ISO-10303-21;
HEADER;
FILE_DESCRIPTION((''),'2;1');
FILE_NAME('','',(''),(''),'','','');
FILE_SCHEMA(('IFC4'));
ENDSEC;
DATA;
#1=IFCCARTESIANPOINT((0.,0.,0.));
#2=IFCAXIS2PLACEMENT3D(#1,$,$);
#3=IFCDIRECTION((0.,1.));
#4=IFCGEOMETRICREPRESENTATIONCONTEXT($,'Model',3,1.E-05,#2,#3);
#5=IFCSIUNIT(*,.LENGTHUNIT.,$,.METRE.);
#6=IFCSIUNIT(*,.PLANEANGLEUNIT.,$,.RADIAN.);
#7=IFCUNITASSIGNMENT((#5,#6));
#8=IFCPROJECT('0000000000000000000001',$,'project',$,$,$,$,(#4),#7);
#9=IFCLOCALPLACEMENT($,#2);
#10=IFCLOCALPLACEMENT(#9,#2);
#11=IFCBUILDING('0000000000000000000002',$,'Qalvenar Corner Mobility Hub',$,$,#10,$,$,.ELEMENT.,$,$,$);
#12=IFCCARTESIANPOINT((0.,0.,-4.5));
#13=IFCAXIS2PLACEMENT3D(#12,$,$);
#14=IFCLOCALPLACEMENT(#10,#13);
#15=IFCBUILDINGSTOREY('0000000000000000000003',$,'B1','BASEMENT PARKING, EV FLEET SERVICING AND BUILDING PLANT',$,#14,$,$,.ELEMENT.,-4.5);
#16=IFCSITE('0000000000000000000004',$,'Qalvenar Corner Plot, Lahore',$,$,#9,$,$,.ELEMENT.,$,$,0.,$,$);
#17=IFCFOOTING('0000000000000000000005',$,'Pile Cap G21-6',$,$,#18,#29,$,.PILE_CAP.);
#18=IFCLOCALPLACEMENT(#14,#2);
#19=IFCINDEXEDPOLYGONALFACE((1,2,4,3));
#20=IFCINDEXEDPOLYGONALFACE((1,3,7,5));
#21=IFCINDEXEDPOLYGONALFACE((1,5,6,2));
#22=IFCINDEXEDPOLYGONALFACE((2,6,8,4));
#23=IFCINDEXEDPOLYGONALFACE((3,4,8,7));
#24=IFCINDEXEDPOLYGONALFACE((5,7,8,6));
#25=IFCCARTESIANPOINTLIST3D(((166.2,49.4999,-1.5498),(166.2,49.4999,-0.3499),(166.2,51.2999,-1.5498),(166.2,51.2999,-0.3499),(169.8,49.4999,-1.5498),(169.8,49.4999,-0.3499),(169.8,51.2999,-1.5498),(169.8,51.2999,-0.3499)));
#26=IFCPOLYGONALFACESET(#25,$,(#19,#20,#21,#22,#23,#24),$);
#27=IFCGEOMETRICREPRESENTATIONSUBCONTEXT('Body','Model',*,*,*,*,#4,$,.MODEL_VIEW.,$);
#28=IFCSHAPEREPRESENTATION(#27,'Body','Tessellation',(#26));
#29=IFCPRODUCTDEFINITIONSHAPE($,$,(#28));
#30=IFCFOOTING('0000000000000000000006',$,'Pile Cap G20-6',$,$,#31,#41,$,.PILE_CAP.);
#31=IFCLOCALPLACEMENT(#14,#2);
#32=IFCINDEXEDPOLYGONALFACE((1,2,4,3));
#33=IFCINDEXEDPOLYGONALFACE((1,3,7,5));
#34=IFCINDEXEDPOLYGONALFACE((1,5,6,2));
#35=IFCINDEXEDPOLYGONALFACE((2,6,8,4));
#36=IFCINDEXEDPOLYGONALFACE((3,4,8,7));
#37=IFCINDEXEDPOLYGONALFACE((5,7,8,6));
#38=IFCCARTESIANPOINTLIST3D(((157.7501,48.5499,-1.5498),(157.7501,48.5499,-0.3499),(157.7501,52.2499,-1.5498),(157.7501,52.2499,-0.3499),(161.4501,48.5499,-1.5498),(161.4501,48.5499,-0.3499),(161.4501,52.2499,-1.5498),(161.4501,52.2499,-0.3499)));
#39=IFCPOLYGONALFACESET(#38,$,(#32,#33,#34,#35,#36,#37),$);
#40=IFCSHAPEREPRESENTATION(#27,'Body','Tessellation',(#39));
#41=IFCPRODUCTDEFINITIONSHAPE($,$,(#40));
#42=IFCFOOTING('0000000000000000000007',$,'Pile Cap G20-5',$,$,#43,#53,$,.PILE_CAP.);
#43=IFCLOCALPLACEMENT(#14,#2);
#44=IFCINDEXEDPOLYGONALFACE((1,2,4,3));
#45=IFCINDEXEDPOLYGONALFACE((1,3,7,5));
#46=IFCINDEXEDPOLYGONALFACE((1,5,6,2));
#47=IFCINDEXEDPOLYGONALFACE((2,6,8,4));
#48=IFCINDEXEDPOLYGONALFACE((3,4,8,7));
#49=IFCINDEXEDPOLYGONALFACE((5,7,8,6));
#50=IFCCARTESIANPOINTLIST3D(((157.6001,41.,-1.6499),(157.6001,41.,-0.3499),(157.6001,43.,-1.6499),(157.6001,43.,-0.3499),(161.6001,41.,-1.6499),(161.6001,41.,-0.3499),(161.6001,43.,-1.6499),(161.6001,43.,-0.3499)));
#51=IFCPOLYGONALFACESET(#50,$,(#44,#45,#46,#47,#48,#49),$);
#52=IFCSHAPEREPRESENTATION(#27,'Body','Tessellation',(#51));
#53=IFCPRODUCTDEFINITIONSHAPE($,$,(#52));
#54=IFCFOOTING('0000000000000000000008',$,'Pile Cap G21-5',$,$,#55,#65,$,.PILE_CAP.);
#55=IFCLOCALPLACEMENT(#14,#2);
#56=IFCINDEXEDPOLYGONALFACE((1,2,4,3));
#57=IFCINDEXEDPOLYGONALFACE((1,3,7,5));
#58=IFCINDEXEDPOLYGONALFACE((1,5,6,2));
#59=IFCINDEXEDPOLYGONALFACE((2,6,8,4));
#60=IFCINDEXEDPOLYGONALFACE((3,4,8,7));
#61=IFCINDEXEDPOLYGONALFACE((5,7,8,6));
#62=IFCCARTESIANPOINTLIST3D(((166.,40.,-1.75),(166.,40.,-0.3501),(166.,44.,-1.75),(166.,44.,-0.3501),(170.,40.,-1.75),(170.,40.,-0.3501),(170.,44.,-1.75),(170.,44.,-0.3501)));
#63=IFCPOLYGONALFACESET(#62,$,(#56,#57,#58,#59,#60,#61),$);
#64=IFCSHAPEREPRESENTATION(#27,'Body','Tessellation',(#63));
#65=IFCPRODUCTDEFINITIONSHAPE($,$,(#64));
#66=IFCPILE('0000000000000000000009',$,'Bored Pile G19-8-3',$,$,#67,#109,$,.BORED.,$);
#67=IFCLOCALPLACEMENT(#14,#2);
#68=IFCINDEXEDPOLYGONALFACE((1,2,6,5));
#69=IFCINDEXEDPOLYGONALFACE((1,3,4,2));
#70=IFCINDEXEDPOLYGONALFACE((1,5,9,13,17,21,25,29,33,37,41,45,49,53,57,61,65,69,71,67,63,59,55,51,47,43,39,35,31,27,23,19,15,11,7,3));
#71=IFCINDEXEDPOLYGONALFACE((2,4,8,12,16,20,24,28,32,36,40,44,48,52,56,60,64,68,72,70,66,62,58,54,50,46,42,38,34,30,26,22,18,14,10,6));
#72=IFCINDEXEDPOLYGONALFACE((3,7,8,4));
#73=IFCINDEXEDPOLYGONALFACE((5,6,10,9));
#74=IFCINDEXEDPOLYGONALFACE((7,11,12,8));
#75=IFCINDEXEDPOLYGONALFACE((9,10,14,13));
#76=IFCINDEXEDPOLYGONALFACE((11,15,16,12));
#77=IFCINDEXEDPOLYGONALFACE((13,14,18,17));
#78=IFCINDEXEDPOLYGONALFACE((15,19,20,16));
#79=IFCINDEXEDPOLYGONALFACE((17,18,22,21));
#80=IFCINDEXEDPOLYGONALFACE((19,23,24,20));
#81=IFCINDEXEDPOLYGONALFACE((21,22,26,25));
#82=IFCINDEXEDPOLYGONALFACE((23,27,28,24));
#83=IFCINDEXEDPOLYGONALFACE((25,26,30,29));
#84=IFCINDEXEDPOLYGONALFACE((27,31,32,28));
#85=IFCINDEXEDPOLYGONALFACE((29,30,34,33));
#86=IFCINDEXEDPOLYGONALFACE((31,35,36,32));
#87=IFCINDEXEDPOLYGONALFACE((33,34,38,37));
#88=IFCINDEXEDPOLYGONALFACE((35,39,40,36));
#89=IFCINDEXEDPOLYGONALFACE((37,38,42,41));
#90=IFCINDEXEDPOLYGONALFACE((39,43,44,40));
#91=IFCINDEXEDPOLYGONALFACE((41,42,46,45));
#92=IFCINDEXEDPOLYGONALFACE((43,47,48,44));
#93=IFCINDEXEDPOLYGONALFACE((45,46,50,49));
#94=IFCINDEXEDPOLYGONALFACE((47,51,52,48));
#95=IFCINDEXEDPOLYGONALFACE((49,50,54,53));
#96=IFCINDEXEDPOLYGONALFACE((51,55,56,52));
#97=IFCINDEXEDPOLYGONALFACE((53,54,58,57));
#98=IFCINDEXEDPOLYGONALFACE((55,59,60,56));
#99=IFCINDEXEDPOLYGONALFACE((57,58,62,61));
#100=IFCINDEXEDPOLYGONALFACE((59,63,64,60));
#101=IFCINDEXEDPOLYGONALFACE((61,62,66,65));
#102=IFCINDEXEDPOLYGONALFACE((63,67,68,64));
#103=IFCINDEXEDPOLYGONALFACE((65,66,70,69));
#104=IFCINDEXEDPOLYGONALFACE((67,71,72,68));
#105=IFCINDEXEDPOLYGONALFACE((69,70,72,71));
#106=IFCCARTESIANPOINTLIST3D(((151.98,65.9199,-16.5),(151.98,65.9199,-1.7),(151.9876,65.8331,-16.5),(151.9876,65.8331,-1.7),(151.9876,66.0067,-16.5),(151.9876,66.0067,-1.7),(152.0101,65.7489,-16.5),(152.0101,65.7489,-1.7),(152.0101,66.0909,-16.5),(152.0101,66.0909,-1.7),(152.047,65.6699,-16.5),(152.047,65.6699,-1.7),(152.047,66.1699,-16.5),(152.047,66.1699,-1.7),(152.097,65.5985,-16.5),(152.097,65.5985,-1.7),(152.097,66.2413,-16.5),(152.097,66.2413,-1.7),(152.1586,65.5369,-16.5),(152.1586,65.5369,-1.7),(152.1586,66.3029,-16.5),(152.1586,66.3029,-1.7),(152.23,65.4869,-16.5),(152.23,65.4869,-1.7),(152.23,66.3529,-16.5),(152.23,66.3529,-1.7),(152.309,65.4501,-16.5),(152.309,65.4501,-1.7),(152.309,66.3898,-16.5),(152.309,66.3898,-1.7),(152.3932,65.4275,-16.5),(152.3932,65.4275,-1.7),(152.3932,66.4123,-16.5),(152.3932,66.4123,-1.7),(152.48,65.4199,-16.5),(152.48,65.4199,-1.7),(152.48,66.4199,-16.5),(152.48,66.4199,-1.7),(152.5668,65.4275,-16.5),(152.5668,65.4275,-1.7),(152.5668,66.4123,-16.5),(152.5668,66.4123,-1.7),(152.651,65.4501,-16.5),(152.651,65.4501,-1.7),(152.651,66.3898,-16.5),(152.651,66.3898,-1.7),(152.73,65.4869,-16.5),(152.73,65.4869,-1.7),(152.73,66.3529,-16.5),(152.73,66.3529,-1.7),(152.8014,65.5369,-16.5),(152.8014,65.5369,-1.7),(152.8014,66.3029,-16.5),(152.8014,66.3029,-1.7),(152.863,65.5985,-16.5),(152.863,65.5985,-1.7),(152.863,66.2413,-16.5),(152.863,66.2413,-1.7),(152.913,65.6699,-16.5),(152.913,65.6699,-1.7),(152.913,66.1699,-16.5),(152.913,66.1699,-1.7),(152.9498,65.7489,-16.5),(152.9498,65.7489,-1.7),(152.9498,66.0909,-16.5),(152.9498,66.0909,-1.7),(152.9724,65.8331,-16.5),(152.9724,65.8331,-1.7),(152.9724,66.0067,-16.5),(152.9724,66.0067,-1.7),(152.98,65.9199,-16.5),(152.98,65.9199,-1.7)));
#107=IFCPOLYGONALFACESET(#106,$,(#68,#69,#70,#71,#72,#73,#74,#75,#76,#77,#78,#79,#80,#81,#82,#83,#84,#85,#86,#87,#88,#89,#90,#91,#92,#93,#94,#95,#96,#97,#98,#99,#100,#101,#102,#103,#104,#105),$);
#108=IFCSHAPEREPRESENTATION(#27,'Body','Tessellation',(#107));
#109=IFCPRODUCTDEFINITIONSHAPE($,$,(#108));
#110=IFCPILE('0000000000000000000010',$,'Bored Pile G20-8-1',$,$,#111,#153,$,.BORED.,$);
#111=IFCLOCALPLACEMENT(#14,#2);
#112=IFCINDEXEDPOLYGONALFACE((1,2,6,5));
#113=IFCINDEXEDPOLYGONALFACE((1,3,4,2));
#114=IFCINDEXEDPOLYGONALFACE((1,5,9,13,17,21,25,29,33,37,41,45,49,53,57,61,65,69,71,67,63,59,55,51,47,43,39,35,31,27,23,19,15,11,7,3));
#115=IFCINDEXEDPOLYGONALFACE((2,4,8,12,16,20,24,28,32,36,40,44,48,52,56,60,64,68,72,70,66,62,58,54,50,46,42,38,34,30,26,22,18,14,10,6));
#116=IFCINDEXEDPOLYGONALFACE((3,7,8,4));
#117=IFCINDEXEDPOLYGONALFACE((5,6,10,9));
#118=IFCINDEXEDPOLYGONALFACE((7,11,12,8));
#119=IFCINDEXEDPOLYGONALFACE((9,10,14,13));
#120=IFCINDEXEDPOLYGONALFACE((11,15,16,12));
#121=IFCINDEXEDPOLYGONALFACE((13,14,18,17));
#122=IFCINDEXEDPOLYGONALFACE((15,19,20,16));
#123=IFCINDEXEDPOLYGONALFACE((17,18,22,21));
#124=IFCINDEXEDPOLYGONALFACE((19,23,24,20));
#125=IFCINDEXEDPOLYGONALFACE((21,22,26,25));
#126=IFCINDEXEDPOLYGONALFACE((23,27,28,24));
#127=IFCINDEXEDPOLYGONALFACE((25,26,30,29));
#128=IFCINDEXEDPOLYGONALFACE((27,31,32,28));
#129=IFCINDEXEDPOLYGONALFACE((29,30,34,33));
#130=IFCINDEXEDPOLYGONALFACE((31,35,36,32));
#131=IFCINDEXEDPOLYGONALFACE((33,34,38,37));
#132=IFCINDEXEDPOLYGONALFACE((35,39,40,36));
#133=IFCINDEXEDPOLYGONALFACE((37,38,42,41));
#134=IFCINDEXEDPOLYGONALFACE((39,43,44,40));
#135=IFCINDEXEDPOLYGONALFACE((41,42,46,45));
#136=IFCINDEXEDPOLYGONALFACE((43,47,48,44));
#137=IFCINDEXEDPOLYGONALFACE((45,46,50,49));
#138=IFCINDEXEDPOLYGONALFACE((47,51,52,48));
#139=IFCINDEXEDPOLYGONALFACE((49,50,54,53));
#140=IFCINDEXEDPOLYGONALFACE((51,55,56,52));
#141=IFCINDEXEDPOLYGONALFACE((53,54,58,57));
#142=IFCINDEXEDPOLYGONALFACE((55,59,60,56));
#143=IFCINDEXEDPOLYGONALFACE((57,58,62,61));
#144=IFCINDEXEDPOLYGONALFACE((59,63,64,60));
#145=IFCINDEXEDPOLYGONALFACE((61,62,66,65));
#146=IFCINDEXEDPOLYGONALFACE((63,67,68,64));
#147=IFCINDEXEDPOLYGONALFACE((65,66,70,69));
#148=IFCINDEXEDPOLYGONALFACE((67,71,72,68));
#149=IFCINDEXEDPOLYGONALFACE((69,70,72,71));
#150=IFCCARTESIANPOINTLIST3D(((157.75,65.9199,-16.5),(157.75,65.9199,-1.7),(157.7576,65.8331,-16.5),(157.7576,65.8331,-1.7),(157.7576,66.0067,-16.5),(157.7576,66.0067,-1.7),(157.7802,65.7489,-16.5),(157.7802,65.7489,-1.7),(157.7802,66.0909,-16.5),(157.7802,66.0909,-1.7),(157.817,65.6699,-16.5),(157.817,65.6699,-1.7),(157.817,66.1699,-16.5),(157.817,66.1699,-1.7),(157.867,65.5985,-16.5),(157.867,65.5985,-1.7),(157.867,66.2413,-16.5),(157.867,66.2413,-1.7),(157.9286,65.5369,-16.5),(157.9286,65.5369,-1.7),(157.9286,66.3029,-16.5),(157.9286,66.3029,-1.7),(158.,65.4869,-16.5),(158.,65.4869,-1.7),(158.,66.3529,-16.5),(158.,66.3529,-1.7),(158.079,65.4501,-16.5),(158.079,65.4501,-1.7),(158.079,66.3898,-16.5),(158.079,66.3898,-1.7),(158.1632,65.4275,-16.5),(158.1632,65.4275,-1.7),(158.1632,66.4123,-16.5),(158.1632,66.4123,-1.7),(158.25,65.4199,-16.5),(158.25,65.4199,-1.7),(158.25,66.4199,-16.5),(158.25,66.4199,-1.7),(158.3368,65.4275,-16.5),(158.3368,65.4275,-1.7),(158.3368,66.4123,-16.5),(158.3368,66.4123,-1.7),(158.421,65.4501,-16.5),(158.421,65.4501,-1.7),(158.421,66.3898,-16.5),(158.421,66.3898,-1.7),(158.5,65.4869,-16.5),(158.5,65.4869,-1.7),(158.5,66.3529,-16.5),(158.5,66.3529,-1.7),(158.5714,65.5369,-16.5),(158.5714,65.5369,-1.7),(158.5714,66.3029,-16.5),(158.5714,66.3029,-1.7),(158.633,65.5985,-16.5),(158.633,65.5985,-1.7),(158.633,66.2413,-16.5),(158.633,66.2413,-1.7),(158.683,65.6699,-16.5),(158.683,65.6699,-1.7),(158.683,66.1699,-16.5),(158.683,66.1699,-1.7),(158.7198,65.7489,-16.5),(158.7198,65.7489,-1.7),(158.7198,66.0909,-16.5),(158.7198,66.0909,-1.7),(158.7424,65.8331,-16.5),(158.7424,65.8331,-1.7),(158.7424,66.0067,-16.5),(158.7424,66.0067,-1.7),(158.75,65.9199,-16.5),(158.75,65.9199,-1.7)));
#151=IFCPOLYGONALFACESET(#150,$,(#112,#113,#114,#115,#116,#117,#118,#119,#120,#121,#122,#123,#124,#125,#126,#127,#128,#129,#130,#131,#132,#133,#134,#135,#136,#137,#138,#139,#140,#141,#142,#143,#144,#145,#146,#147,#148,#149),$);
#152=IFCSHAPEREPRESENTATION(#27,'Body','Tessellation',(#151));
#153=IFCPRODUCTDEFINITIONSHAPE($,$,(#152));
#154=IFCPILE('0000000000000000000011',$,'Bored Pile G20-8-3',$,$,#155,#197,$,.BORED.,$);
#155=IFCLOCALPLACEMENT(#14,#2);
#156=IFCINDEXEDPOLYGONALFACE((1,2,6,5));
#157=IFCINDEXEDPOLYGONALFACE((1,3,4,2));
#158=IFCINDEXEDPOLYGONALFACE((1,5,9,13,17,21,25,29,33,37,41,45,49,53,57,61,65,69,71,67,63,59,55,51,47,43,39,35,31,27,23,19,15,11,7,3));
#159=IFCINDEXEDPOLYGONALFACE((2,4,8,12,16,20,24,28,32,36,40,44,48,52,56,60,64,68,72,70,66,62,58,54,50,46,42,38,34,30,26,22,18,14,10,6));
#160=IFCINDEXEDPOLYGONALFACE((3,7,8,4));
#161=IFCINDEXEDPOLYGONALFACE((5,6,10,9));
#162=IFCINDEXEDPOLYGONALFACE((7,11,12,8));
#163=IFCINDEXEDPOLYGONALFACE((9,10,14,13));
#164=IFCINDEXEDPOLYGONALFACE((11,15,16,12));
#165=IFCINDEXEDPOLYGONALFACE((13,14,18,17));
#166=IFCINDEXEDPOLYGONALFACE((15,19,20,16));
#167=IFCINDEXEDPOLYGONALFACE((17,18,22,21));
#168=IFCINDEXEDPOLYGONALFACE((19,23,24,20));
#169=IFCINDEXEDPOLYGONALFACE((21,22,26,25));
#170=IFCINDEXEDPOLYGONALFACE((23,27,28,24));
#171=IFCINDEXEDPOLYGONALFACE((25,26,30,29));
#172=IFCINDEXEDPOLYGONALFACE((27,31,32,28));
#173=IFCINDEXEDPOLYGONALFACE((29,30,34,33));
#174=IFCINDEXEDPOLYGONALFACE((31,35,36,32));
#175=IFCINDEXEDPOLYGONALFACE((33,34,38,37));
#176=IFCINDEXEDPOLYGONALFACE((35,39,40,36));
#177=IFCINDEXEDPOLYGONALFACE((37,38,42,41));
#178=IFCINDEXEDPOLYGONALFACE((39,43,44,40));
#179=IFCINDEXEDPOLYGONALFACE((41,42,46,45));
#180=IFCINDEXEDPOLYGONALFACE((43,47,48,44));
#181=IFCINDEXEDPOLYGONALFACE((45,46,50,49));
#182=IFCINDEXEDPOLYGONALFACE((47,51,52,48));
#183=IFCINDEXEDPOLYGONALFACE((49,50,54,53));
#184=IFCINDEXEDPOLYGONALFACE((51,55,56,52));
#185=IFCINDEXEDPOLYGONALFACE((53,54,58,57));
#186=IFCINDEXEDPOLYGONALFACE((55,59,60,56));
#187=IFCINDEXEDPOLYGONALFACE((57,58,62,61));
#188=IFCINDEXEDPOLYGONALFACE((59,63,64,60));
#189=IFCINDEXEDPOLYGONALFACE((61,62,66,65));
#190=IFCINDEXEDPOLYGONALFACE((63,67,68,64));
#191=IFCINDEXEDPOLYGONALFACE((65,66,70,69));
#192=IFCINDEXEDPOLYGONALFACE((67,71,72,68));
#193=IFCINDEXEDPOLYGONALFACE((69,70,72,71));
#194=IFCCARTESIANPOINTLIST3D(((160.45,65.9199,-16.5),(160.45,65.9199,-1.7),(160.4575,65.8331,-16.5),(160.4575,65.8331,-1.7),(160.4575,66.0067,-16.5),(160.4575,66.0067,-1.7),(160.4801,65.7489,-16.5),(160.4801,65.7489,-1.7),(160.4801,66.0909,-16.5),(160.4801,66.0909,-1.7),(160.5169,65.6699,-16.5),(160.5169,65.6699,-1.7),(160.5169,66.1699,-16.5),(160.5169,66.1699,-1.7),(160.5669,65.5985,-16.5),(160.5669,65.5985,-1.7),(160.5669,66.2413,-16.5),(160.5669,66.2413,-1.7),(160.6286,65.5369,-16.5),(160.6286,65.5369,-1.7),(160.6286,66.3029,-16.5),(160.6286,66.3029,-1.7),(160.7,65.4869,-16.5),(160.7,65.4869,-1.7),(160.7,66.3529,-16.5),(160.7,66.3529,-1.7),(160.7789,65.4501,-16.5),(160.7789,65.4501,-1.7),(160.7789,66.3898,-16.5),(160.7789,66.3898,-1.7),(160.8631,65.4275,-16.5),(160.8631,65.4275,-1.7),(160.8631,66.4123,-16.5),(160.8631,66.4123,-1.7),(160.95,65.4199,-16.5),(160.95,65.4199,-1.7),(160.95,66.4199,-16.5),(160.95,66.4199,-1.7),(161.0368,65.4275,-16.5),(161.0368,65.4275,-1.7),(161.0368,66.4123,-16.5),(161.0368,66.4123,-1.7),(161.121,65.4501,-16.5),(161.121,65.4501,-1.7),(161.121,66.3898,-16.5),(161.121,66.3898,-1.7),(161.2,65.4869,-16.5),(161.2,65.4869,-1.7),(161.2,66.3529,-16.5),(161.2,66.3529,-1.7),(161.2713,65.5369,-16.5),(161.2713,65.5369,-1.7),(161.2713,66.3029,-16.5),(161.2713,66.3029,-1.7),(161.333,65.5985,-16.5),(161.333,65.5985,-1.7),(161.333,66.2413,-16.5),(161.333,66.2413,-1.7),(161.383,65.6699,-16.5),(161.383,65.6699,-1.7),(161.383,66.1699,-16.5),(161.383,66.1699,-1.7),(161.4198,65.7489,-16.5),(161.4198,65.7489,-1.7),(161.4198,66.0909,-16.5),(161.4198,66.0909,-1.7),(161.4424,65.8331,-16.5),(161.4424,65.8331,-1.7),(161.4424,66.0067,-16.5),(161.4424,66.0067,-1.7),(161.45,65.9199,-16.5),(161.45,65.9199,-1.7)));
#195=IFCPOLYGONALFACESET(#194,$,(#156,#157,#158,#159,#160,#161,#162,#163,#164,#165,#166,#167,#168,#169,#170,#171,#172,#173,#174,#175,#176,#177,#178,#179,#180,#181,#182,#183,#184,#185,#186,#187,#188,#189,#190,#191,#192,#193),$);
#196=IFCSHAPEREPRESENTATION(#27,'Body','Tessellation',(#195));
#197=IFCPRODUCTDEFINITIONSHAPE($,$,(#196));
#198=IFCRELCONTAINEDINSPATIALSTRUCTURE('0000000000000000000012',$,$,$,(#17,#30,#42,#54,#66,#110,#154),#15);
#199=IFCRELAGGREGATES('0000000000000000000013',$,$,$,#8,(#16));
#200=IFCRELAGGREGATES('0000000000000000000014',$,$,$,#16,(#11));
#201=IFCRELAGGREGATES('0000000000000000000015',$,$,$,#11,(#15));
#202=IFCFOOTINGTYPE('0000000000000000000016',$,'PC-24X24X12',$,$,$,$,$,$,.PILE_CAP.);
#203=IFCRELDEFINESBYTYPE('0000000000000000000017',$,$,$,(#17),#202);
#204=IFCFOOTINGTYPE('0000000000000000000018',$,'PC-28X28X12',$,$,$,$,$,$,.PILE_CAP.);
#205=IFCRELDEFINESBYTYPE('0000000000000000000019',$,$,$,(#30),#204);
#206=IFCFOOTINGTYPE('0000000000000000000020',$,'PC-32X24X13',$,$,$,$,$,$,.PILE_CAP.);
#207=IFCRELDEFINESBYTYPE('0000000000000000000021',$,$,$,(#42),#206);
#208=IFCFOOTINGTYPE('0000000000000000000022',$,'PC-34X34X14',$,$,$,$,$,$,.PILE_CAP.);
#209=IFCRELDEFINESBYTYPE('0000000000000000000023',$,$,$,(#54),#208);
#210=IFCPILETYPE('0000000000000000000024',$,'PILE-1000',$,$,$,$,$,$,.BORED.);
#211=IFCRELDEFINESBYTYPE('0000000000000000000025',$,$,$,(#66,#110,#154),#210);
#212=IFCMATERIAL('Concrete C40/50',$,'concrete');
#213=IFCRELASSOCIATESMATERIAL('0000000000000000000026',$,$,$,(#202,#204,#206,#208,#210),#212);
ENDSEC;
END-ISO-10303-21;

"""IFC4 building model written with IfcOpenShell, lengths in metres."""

from ifc_helpers import new_model, si_unit, direction, frame, origin, origin_2d, place, context, subcontext, project, spatial, rectangle, circle, extrude, material, material_profile, profile_set, type_object, element, save


model = new_model("IFC4")

# Units and contexts
model_context = context("Model", 3, precision=1e-05, world=origin(), true_north=direction((0.0, 1.0)))
body_context = subcontext(model_context, "Body", "Model", "MODEL_VIEW")
ifc_project = project(units=[si_unit("LENGTHUNIT", "METRE"), si_unit("PLANEANGLEUNIT", "RADIAN")], contexts=[model_context])

# Site, building, storey
site_placement = place(None, origin())
site = spatial("IfcSite", under=ifc_project, at=site_placement, Name="Qalvenar Corner Plot, Lahore", CompositionType="ELEMENT", RefElevation=0.0)
building_placement = place(site_placement, origin())
building = spatial("IfcBuilding", under=site, at=building_placement, Name="Qalvenar Corner Mobility Hub", CompositionType="ELEMENT")
storey_placement = place(building_placement, frame((0.0, 0.0, -4.5)))
storey = spatial("IfcBuildingStorey", under=building, at=storey_placement, Name="B1", Description="BASEMENT PARKING, EV FLEET SERVICING AND BUILDING PLANT", CompositionType="ELEMENT", Elevation=-4.5)

# Footings
ifc_material_1 = material(Name="Concrete C40/50", Category="concrete")
footing_type_1 = type_object("IfcFootingType", Name="PC-24X24X12", PredefinedType="PILE_CAP", material=ifc_material_1)
footing_1_placement = place(storey_placement, frame((168.0, 50.3999, -1.5498), z_axis=(0.0, 0.0, 1.0), x_axis=(1.0, 0.0, 0.0)))
element("IfcFooting", 1, at=footing_1_placement, inside=storey, type_object=footing_type_1, Name="Pile Cap G21-6", PredefinedType="PILE_CAP", context=body_context, shape_type="SweptSolid", body=[
    extrude(rectangle(XDim=3.6001, YDim=1.8, at=origin_2d()), origin(), (0.0, 0.0, 1.0), 1.2),
])
footing_type_2 = type_object("IfcFootingType", Name="PC-28X28X12", PredefinedType="PILE_CAP", material=ifc_material_1)
footing_2_placement = place(storey_placement, frame((159.6001, 50.3999, -1.5498), z_axis=(0.0, 0.0, 1.0), x_axis=(1.0, 0.0, 0.0)))
element("IfcFooting", 2, at=footing_2_placement, inside=storey, type_object=footing_type_2, Name="Pile Cap G20-6", PredefinedType="PILE_CAP", context=body_context, shape_type="SweptSolid", body=[
    extrude(rectangle(XDim=3.7, YDim=3.7, at=origin_2d()), origin(), (0.0, 0.0, 1.0), 1.2),
])
footing_type_3 = type_object("IfcFootingType", Name="PC-32X24X13", PredefinedType="PILE_CAP", material=ifc_material_1)
footing_3_placement = place(storey_placement, frame((159.6001, 42.0, -1.6499), z_axis=(0.0, 0.0, 1.0), x_axis=(1.0, 0.0, 0.0)))
element("IfcFooting", 3, at=footing_3_placement, inside=storey, type_object=footing_type_3, Name="Pile Cap G20-5", PredefinedType="PILE_CAP", context=body_context, shape_type="SweptSolid", body=[
    extrude(rectangle(XDim=4.0, YDim=2.0, at=origin_2d()), origin(), (0.0, 0.0, 1.0), 1.3),
])
footing_type_4 = type_object("IfcFootingType", Name="PC-34X34X14", PredefinedType="PILE_CAP", material=ifc_material_1)
footing_4_placement = place(storey_placement, frame((168.0, 42.0, -1.75), z_axis=(0.0, 0.0, 1.0), x_axis=(1.0, 0.0, 0.0)))
element("IfcFooting", 4, at=footing_4_placement, inside=storey, type_object=footing_type_4, Name="Pile Cap G21-5", PredefinedType="PILE_CAP", context=body_context, shape_type="SweptSolid", body=[
    extrude(rectangle(XDim=4.0, YDim=4.0, at=origin_2d()), origin(), (0.0, 0.0, 1.0), 1.3999),
])

# Piles
ifc_material_profile_1 = material_profile(ifc_material_1, circle(Radius=0.5, at=origin_2d()), Name="DIA1000")
ifc_profile_set_1 = profile_set([ifc_material_profile_1], Name="Concrete C40/50")
pile_type_1 = type_object("IfcPileType", Name="PILE-1000", PredefinedType="BORED", material=ifc_profile_set_1)
for number, where, z_axis, x_axis, name in (
    (5, (152.48, 65.9199, -1.7), (0.0, 0.0, -1.0), (1.0, 0.0, 0.0), "Bored Pile G19-8-3"),
    (6, (158.25, 65.9199, -1.7), (0.0, 0.0, -1.0), (1.0, 0.0, 0.0), "Bored Pile G20-8-1"),
    (7, (160.95, 65.9199, -1.7), (0.0, 0.0, -1.0), (1.0, 0.0, 0.0), "Bored Pile G20-8-3"),
):
    element("IfcPile", number, at=place(storey_placement, frame(where, z_axis=z_axis, x_axis=x_axis)), inside=storey, type_object=pile_type_1, Name=name, PredefinedType="BORED", context=body_context, shape_type="SweptSolid", body=[
        extrude(circle(Radius=0.5, at=origin_2d()), origin(), (0.0, 0.0, 1.0), 14.8),
    ])

save(model, "model.ifc")
